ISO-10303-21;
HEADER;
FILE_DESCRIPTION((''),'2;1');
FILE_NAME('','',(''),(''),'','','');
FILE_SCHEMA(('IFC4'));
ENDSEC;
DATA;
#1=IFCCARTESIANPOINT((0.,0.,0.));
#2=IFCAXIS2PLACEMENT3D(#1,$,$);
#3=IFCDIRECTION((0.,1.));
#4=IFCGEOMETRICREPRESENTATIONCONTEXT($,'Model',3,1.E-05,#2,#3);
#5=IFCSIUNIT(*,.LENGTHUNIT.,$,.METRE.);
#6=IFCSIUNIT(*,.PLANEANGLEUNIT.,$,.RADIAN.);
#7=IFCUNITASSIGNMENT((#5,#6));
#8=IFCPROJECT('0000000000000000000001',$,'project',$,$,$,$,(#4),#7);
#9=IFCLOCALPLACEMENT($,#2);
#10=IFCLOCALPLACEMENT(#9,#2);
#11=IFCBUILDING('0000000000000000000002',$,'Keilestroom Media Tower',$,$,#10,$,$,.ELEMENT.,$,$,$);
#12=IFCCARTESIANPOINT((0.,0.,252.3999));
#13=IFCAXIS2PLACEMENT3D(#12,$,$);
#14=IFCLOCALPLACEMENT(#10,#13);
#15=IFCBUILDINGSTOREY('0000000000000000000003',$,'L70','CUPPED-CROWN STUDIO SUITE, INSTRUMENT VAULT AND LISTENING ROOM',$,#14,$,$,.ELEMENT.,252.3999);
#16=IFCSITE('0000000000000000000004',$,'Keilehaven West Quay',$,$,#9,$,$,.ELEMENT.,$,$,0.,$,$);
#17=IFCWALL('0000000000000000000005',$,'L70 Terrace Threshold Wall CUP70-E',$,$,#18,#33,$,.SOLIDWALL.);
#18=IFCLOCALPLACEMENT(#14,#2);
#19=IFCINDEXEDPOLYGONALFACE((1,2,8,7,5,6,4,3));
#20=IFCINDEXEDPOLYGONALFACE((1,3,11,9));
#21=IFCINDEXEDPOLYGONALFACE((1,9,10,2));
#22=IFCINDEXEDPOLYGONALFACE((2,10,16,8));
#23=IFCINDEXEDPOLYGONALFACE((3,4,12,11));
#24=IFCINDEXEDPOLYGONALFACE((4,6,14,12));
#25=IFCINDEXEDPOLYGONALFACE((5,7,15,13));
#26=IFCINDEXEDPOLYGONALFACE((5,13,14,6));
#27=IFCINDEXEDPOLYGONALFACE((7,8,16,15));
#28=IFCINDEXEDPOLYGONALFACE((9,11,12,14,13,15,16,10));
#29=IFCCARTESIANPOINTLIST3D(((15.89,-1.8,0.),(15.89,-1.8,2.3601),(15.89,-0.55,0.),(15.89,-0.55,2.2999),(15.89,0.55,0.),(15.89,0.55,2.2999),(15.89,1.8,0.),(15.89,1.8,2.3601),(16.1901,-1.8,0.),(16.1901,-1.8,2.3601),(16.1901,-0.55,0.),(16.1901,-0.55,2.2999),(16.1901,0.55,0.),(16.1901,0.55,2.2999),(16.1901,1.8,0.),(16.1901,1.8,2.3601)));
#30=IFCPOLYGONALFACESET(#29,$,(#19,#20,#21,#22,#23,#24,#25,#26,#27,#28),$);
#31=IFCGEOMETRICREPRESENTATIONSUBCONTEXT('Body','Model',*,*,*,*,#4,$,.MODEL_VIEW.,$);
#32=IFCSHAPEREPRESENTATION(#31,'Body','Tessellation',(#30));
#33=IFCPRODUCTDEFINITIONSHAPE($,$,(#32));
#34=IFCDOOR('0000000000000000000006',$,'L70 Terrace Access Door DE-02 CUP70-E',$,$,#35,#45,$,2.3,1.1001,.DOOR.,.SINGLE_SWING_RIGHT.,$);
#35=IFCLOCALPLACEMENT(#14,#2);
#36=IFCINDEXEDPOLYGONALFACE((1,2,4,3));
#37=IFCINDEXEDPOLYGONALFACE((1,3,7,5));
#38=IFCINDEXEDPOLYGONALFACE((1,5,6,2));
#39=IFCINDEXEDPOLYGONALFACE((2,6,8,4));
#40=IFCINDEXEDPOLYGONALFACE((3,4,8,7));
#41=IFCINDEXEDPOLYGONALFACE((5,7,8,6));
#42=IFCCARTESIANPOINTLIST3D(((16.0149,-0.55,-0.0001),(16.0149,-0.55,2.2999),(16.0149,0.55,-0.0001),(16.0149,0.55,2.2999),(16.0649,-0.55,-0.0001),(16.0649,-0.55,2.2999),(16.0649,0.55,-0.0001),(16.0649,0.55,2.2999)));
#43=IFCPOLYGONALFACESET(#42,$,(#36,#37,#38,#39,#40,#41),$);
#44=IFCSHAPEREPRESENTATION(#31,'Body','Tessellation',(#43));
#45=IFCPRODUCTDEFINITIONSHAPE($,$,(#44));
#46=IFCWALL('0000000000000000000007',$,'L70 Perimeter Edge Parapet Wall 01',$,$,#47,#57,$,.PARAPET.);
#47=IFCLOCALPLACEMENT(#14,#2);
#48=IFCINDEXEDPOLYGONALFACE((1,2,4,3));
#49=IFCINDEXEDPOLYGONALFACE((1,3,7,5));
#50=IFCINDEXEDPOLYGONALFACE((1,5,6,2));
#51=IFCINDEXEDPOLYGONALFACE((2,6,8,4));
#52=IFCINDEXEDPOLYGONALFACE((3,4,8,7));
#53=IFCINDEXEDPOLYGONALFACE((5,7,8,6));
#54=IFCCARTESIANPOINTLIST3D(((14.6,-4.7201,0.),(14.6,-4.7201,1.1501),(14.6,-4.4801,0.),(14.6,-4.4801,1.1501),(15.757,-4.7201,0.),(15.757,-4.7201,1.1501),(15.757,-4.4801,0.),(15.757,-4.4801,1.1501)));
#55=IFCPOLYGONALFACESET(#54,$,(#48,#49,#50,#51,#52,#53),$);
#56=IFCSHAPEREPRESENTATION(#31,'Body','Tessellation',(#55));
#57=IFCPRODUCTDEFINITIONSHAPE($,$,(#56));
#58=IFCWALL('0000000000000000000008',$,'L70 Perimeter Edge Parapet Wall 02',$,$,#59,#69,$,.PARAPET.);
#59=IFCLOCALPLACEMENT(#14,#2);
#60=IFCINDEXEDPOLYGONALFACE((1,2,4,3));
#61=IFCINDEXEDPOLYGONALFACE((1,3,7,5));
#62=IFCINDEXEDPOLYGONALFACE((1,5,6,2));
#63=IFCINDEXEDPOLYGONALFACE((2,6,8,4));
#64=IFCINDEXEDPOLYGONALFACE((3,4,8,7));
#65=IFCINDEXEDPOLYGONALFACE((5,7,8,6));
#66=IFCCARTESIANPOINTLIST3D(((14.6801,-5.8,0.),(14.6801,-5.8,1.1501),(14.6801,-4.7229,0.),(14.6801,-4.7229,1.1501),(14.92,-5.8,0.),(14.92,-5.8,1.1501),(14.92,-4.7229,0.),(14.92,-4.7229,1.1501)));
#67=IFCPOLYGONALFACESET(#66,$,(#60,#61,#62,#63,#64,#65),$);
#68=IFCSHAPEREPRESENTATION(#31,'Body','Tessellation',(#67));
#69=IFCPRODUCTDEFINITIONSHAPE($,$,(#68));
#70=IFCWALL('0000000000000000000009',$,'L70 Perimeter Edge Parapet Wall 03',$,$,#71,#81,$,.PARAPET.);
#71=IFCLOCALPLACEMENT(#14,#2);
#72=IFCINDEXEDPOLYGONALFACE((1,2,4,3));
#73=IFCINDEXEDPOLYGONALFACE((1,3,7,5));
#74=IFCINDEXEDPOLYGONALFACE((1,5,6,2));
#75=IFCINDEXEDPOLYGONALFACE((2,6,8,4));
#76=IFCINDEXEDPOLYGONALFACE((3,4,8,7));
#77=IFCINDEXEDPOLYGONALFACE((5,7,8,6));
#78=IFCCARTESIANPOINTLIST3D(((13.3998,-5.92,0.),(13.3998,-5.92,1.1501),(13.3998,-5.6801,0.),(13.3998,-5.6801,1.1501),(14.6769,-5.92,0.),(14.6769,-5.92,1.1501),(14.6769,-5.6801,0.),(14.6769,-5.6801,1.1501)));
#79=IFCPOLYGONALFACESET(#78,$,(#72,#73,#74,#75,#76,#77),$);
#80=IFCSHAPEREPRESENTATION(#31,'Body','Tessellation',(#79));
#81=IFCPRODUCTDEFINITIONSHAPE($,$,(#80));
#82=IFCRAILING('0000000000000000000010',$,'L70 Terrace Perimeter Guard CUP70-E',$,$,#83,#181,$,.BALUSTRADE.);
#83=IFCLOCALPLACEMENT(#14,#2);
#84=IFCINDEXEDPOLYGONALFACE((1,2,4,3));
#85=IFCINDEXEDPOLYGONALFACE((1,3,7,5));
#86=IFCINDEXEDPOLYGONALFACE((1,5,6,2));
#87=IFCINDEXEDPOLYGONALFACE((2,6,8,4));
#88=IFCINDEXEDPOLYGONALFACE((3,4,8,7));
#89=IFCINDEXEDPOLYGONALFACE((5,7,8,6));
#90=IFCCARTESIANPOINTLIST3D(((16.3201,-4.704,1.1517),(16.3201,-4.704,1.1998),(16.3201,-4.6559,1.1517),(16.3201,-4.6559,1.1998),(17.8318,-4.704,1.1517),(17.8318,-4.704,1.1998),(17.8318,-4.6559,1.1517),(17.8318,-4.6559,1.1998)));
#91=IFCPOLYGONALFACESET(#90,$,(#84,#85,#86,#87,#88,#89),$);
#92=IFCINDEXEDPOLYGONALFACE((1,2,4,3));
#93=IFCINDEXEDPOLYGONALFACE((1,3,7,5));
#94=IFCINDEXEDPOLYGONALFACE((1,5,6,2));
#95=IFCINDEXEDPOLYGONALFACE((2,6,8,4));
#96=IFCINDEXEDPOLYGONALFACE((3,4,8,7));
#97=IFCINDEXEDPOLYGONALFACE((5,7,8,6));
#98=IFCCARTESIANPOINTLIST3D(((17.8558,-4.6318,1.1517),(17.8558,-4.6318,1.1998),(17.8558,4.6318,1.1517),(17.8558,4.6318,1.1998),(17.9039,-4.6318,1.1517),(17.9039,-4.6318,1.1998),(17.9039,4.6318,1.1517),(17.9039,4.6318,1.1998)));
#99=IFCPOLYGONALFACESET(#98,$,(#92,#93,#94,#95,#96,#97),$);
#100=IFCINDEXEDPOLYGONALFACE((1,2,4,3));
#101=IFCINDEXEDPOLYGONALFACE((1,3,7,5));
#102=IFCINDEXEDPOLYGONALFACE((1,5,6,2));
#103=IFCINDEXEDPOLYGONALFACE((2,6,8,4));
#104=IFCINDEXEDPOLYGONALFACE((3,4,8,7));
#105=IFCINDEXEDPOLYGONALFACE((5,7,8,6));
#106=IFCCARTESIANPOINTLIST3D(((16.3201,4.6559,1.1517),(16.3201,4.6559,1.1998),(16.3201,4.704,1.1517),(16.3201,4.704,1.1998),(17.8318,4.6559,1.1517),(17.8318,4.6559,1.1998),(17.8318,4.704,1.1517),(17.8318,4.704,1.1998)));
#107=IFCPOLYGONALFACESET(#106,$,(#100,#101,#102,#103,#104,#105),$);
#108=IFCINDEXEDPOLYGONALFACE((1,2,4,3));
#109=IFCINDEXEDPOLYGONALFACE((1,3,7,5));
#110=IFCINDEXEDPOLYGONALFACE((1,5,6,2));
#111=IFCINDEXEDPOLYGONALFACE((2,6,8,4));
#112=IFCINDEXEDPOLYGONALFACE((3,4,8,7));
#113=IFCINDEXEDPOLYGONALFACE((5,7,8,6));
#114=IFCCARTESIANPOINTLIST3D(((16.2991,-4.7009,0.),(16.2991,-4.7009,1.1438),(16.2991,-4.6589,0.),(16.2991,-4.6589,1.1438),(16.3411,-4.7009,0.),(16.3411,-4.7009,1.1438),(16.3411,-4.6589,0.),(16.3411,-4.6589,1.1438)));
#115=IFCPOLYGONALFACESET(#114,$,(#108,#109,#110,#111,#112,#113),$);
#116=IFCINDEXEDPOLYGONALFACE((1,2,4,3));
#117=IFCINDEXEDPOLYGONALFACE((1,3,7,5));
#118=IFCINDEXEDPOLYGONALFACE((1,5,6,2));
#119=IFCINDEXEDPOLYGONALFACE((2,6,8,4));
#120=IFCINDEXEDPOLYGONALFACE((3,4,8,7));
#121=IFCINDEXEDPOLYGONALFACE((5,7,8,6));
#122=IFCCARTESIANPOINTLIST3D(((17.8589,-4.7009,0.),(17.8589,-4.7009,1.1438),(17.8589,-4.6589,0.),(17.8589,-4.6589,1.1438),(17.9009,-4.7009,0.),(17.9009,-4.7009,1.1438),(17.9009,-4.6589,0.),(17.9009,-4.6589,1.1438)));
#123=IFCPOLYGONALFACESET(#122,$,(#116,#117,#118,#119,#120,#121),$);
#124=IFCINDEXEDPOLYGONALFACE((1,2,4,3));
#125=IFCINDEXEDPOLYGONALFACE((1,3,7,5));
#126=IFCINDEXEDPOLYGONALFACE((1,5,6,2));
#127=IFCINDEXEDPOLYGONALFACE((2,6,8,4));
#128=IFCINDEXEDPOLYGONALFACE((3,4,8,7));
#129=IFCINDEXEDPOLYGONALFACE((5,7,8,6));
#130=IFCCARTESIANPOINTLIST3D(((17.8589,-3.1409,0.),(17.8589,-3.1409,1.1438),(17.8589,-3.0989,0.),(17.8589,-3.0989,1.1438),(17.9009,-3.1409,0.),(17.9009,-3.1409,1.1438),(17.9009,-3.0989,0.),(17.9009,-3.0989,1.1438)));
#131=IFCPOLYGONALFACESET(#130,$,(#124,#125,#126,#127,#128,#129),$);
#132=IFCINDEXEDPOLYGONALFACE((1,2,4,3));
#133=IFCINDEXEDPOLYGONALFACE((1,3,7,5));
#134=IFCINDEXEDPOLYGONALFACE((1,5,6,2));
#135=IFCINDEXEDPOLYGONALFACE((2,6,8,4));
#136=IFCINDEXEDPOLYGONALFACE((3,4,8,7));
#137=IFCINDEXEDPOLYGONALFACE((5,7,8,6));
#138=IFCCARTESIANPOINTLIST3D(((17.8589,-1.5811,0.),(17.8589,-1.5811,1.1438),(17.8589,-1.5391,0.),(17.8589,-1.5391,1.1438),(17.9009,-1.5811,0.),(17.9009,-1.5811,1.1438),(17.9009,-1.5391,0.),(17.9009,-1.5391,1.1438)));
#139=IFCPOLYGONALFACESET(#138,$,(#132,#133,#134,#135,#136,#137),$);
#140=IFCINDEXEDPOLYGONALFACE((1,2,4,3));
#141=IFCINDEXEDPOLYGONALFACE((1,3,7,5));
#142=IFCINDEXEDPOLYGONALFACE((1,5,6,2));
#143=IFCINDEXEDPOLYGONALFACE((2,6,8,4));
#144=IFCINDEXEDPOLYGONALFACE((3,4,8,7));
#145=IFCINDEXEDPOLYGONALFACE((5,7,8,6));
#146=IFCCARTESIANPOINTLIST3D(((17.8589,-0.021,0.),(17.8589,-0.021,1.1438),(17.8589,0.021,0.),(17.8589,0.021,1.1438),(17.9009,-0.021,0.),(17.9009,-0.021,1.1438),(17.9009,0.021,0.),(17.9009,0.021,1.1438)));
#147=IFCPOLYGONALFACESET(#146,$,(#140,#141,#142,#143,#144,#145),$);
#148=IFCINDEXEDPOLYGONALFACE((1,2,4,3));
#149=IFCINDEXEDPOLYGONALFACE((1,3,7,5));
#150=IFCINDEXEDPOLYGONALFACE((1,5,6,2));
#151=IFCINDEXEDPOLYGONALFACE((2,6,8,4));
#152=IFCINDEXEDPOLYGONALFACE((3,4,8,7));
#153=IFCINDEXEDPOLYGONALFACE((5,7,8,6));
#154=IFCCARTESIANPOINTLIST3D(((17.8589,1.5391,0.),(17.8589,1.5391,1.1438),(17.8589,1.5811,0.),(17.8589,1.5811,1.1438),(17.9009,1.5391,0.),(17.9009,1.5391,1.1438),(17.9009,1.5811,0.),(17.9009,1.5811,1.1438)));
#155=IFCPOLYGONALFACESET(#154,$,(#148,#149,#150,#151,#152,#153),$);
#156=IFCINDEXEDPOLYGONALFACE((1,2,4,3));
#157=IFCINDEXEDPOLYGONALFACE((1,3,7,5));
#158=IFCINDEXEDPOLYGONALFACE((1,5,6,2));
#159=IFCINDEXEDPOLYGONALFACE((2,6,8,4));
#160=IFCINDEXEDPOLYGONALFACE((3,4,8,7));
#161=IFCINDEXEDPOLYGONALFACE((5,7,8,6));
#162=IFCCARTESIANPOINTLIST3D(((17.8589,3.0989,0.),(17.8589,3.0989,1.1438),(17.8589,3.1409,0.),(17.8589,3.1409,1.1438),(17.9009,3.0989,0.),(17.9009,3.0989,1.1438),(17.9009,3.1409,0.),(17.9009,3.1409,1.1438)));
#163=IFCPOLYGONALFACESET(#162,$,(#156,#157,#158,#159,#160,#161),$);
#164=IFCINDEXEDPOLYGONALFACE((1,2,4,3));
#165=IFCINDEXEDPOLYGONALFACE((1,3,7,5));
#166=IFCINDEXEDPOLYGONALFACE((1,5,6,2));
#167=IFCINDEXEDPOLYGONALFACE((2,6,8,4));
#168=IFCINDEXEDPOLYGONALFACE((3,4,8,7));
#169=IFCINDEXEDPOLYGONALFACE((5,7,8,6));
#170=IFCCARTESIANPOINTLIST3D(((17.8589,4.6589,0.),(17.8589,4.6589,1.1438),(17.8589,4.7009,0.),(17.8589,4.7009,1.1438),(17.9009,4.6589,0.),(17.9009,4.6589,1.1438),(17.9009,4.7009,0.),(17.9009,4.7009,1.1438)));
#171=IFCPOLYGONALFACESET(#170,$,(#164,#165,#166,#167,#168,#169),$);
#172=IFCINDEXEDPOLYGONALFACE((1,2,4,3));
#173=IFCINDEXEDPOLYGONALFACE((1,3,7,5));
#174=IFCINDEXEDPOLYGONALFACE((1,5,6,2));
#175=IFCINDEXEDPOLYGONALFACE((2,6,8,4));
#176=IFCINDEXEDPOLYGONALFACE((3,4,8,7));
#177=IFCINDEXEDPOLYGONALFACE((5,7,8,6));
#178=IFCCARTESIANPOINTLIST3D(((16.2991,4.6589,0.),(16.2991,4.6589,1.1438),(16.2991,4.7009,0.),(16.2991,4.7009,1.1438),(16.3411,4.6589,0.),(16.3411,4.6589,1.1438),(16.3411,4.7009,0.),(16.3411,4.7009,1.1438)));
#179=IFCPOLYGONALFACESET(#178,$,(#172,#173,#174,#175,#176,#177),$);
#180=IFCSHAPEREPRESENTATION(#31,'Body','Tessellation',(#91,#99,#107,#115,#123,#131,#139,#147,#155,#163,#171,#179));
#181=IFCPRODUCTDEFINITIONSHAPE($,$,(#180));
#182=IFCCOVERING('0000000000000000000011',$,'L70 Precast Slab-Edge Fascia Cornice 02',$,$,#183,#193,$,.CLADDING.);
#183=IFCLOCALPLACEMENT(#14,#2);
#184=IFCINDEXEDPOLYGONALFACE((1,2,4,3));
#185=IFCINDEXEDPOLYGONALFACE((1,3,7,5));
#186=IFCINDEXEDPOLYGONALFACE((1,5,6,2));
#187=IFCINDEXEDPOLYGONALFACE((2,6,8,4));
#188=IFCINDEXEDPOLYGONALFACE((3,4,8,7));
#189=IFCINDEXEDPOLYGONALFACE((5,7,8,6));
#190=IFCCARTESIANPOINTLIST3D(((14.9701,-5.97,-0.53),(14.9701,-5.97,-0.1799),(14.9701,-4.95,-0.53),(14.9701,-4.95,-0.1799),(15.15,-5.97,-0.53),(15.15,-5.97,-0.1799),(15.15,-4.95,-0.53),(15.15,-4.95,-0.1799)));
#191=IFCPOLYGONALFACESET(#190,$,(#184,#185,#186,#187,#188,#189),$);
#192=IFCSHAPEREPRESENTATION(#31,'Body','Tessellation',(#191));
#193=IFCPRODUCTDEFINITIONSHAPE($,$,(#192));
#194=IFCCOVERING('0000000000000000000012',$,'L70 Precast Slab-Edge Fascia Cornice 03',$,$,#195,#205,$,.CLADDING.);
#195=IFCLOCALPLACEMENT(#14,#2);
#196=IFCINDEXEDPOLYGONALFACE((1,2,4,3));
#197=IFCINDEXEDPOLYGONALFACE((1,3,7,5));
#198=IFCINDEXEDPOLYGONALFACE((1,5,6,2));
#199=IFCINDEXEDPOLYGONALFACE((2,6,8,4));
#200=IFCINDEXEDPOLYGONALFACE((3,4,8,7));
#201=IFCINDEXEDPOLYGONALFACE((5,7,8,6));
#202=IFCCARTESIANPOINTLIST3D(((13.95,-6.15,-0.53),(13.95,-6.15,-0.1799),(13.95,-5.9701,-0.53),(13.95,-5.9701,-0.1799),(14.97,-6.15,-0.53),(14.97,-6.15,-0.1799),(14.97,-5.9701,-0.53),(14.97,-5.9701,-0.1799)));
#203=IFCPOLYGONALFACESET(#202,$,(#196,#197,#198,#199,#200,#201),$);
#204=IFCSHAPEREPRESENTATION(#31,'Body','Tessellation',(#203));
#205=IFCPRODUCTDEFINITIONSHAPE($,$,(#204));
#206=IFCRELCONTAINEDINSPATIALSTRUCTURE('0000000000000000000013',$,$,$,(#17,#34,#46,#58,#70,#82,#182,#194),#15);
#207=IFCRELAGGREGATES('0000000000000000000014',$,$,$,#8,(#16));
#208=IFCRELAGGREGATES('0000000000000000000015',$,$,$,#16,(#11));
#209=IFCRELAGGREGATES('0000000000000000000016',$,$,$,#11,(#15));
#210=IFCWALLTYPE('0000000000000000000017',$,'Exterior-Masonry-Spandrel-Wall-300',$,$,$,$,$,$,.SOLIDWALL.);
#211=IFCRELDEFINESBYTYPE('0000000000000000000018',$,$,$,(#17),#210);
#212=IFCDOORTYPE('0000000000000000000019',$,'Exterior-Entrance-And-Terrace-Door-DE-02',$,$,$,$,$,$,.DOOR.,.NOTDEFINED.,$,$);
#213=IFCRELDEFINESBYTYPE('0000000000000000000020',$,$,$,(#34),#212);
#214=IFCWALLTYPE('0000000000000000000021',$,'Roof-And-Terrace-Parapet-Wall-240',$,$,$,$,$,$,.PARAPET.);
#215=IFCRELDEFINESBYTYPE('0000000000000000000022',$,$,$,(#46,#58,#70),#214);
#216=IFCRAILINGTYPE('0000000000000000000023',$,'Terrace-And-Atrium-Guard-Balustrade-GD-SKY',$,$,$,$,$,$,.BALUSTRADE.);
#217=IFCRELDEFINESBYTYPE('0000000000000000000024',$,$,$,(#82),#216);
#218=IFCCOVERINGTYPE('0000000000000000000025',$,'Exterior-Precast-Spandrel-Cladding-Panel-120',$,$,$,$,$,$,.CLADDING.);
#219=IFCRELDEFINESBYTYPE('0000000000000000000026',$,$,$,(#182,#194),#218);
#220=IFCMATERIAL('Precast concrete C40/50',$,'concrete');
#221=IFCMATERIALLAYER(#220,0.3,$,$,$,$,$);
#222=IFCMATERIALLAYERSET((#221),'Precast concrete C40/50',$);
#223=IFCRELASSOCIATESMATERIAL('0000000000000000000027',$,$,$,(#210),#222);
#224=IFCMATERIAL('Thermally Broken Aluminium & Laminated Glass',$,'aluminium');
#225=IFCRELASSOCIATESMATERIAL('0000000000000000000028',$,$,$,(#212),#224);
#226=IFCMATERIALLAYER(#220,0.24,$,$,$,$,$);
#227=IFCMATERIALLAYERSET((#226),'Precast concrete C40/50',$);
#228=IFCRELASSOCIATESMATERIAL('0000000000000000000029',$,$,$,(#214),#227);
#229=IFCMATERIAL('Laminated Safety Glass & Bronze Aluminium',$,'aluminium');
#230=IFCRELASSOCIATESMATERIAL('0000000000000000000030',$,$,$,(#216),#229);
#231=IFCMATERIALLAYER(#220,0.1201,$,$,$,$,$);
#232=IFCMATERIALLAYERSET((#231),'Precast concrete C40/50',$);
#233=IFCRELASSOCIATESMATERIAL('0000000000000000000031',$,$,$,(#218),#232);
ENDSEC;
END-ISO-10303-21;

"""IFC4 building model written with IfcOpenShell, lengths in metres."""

from ifc_helpers import new_model, si_unit, direction, frame, frame_2d, origin, origin_2d, place, context, subcontext, project, spatial, rectangle, extrude, source, transform, mapped, material, layer, layer_set, type_object, element, fill, save


model = new_model("IFC4")

# Units and contexts
model_context = context("Model", 3, precision=1e-05, world=origin(), true_north=direction((0.0, 1.0)))
body_context = subcontext(model_context, "Body", "Model", "MODEL_VIEW")
ifc_project = project(units=[si_unit("LENGTHUNIT", "METRE"), si_unit("PLANEANGLEUNIT", "RADIAN")], contexts=[model_context])

# Site, building, storey
site_placement = place(None, origin())
site = spatial("IfcSite", under=ifc_project, at=site_placement, Name="Keilehaven West Quay", CompositionType="ELEMENT", RefElevation=0.0)
building_placement = place(site_placement, origin())
building = spatial("IfcBuilding", under=site, at=building_placement, Name="Keilestroom Media Tower", CompositionType="ELEMENT")
storey_placement = place(building_placement, frame((0.0, 0.0, 252.3999)))
storey = spatial("IfcBuildingStorey", under=building, at=storey_placement, Name="L70", Description="CUPPED-CROWN STUDIO SUITE, INSTRUMENT VAULT AND LISTENING ROOM", CompositionType="ELEMENT", Elevation=252.3999)

# Shared definitions
ifc_material_1 = material(Name="Precast concrete C40/50", Category="concrete")

# Wall, opening, door
ifc_layer_1 = layer(ifc_material_1, 0.3)
ifc_layer_set_1 = layer_set([ifc_layer_1], Name="Precast concrete C40/50")
wall_type_1 = type_object("IfcWallType", Name="Exterior-Masonry-Spandrel-Wall-300", PredefinedType="SOLIDWALL", material=ifc_layer_set_1)
wall_1_placement = place(storey_placement, frame((16.04, -1.8, 0.0), z_axis=(0.0, 0.0, 1.0), x_axis=(0.0, 1.0, 0.0)))
wall_1 = element("IfcWall", 1, at=wall_1_placement, inside=storey, type_object=wall_type_1, Name="L70 Terrace Threshold Wall CUP70-E", PredefinedType="SOLIDWALL", context=body_context, shape_type="SweptSolid", body=[
    extrude(rectangle(XDim=3.6001, YDim=0.3, at=frame_2d((1.8, 0.0))), origin(), (0.0, 0.0, 1.0), 2.3601),
])
opening_placement = place(wall_1_placement, frame((1.25, 0.0, 0.0)))
opening = element("IfcOpeningElement", 2, at=opening_placement, cuts=wall_1, PredefinedType="OPENING", context=body_context, shape_type="SweptSolid", body=[
    extrude(rectangle(XDim=1.1001, YDim=2.3, at=frame_2d((0.55, 1.1499))), frame((0.0, 0.1602, 0.0), z_axis=(0.0, -1.0, 0.0), x_axis=(1.0, 0.0, 0.0)), (0.0, 0.0, 1.0), 0.3201),
])
ifc_material_2 = material(Name="Thermally Broken Aluminium & Laminated Glass", Category="aluminium")
door_type = type_object("IfcDoorType", Name="Exterior-Entrance-And-Terrace-Door-DE-02", OperationType="NOTDEFINED", PredefinedType="DOOR", material=ifc_material_2)
shared_shape_1 = source(origin(), body_context, "Body", "SweptSolid", [
    extrude(rectangle(XDim=1.1001, YDim=2.3, at=frame_2d((0.55, 1.1499))), frame((0.0, 0.0249, 0.0), z_axis=(0.0, -1.0, 0.0), x_axis=(1.0, 0.0, 0.0)), (0.0, 0.0, 1.0), 0.05),
])
door_placement = place(opening_placement, frame((1.1001, 0.0, 0.0), z_axis=(0.0, 0.0, 1.0), x_axis=(-1.0, 0.0, 0.0)))
door = element("IfcDoor", 3, at=door_placement, inside=storey, type_object=door_type, Name="L70 Terrace Access Door DE-02 CUP70-E", OperationType="SINGLE_SWING_RIGHT", OverallHeight=2.3, OverallWidth=1.1001, PredefinedType="DOOR", context=body_context, shape_type="MappedRepresentation", body=[
    mapped(shared_shape_1, transform((0.0, 0.0, 0.0), x_axis=(1.0, 0.0, 0.0), y_axis=(0.0, 1.0, 0.0), z_axis=(0.0, 0.0, 1.0), scale=1.0)),
])
fill(opening, door)

# Walls
ifc_layer_2 = layer(ifc_material_1, 0.24)
ifc_layer_set_2 = layer_set([ifc_layer_2], Name="Precast concrete C40/50")
wall_type_2 = type_object("IfcWallType", Name="Roof-And-Terrace-Parapet-Wall-240", PredefinedType="PARAPET", material=ifc_layer_set_2)
wall_2_placement = place(storey_placement, frame((15.7571, -4.6001, 0.0), z_axis=(0.0, 0.0, 1.0), x_axis=(-1.0, 0.0, 0.0)))
element("IfcWall", 4, at=wall_2_placement, inside=storey, type_object=wall_type_2, Name="L70 Perimeter Edge Parapet Wall 01", PredefinedType="PARAPET", context=body_context, shape_type="SweptSolid", body=[
    extrude(rectangle(XDim=1.157, YDim=0.24, at=frame_2d((0.5786, 0.0))), origin(), (0.0, 0.0, 1.0), 1.1501),
])
wall_3_placement = place(storey_placement, frame((14.8, -4.7229, 0.0), z_axis=(0.0, 0.0, 1.0), x_axis=(0.0, -1.0, 0.0)))
element("IfcWall", 5, at=wall_3_placement, inside=storey, type_object=wall_type_2, Name="L70 Perimeter Edge Parapet Wall 02", PredefinedType="PARAPET", context=body_context, shape_type="SweptSolid", body=[
    extrude(rectangle(XDim=1.0771, YDim=0.24, at=frame_2d((0.5386, 0.0))), origin(), (0.0, 0.0, 1.0), 1.1501),
])
wall_4_placement = place(storey_placement, frame((14.677, -5.8, 0.0), z_axis=(0.0, 0.0, 1.0), x_axis=(-1.0, 0.0, 0.0)))
element("IfcWall", 6, at=wall_4_placement, inside=storey, type_object=wall_type_2, Name="L70 Perimeter Edge Parapet Wall 03", PredefinedType="PARAPET", context=body_context, shape_type="SweptSolid", body=[
    extrude(rectangle(XDim=1.2771, YDim=0.24, at=frame_2d((0.6387, 0.0))), origin(), (0.0, 0.0, 1.0), 1.1501),
])

# Railing
ifc_material_3 = material(Name="Laminated Safety Glass & Bronze Aluminium", Category="aluminium")
railing_type = type_object("IfcRailingType", Name="Terrace-And-Atrium-Guard-Balustrade-GD-SKY", PredefinedType="BALUSTRADE", material=ifc_material_3)
railing_placement = place(storey_placement, frame((16.3201, -4.6799, 0.0)))
element("IfcRailing", 7, at=railing_placement, inside=storey, type_object=railing_type, Name="L70 Terrace Perimeter Guard CUP70-E", PredefinedType="BALUSTRADE", context=body_context, shape_type="SweptSolid", body=[
    extrude(rectangle(XDim=0.0481, YDim=0.0481, at=origin_2d()), frame((0.0, 0.0, 1.1758), z_axis=(1.0, 0.0, 0.0), x_axis=(0.0, 1.0, 0.0)), (0.0, 0.0, 1.0), 1.5117),
    extrude(rectangle(XDim=0.0481, YDim=0.0481, at=origin_2d()), frame((1.5598, 0.0481, 1.1758), z_axis=(0.0, 1.0, 0.0), x_axis=(-1.0, 0.0, 0.0)), (0.0, 0.0, 1.0), 9.2637),
    extrude(rectangle(XDim=0.0481, YDim=0.0481, at=origin_2d()), frame((1.5117, 9.3599, 1.1758), z_axis=(-1.0, 0.0, 0.0), x_axis=(0.0, -1.0, 0.0)), (0.0, 0.0, 1.0), 1.5117),
    extrude(rectangle(XDim=0.042, YDim=0.042, at=origin_2d()), origin(), (0.0, 0.0, 1.0), 1.1438),
    extrude(rectangle(XDim=0.042, YDim=0.042, at=origin_2d()), frame((1.5598, 0.0, 0.0)), (0.0, 0.0, 1.0), 1.1438),
    extrude(rectangle(XDim=0.042, YDim=0.042, at=origin_2d()), frame((1.5598, 1.5601, 0.0)), (0.0, 0.0, 1.0), 1.1438),
    extrude(rectangle(XDim=0.042, YDim=0.042, at=origin_2d()), frame((1.5598, 3.1199, 0.0)), (0.0, 0.0, 1.0), 1.1438),
    extrude(rectangle(XDim=0.042, YDim=0.042, at=origin_2d()), frame((1.5598, 4.6799, 0.0)), (0.0, 0.0, 1.0), 1.1438),
    extrude(rectangle(XDim=0.042, YDim=0.042, at=origin_2d()), frame((1.5598, 6.24, 0.0)), (0.0, 0.0, 1.0), 1.1438),
    extrude(rectangle(XDim=0.042, YDim=0.042, at=origin_2d()), frame((1.5598, 7.7998, 0.0)), (0.0, 0.0, 1.0), 1.1438),
    extrude(rectangle(XDim=0.042, YDim=0.042, at=origin_2d()), frame((1.5598, 9.3599, 0.0)), (0.0, 0.0, 1.0), 1.1438),
    extrude(rectangle(XDim=0.042, YDim=0.042, at=origin_2d()), frame((0.0, 9.3599, 0.0)), (0.0, 0.0, 1.0), 1.1438),
])

# Coverings
ifc_layer_3 = layer(ifc_material_1, 0.1201)
ifc_layer_set_3 = layer_set([ifc_layer_3], Name="Precast concrete C40/50")
covering_type = type_object("IfcCoveringType", Name="Exterior-Precast-Spandrel-Cladding-Panel-120", PredefinedType="CLADDING", material=ifc_layer_set_3)
shared_shape_2 = source(origin(), body_context, "Body", "SweptSolid", [
    extrude(rectangle(XDim=1.02, YDim=0.1799, at=origin_2d()), origin(), (0.0, 0.0, 1.0), 0.3501),
])
for number, where, z_axis, x_axis, name in (
    (8, (15.0601, -5.46, -0.53), (0.0, 0.0, 1.0), (0.0, -1.0, 0.0), "L70 Precast Slab-Edge Fascia Cornice 02"),
    (9, (14.46, -6.0601, -0.53), (0.0, 0.0, 1.0), (-1.0, 0.0, 0.0), "L70 Precast Slab-Edge Fascia Cornice 03"),
):
    element("IfcCovering", number, at=place(storey_placement, frame(where, z_axis=z_axis, x_axis=x_axis)), inside=storey, type_object=covering_type, Name=name, PredefinedType="CLADDING", context=body_context, shape_type="MappedRepresentation", body=[
        mapped(shared_shape_2, transform((0.0, 0.0, 0.0), x_axis=(1.0, 0.0, 0.0), y_axis=(0.0, 1.0, 0.0), z_axis=(0.0, 0.0, 1.0), scale=1.0)),
    ])

save(model, "model.ifc")
